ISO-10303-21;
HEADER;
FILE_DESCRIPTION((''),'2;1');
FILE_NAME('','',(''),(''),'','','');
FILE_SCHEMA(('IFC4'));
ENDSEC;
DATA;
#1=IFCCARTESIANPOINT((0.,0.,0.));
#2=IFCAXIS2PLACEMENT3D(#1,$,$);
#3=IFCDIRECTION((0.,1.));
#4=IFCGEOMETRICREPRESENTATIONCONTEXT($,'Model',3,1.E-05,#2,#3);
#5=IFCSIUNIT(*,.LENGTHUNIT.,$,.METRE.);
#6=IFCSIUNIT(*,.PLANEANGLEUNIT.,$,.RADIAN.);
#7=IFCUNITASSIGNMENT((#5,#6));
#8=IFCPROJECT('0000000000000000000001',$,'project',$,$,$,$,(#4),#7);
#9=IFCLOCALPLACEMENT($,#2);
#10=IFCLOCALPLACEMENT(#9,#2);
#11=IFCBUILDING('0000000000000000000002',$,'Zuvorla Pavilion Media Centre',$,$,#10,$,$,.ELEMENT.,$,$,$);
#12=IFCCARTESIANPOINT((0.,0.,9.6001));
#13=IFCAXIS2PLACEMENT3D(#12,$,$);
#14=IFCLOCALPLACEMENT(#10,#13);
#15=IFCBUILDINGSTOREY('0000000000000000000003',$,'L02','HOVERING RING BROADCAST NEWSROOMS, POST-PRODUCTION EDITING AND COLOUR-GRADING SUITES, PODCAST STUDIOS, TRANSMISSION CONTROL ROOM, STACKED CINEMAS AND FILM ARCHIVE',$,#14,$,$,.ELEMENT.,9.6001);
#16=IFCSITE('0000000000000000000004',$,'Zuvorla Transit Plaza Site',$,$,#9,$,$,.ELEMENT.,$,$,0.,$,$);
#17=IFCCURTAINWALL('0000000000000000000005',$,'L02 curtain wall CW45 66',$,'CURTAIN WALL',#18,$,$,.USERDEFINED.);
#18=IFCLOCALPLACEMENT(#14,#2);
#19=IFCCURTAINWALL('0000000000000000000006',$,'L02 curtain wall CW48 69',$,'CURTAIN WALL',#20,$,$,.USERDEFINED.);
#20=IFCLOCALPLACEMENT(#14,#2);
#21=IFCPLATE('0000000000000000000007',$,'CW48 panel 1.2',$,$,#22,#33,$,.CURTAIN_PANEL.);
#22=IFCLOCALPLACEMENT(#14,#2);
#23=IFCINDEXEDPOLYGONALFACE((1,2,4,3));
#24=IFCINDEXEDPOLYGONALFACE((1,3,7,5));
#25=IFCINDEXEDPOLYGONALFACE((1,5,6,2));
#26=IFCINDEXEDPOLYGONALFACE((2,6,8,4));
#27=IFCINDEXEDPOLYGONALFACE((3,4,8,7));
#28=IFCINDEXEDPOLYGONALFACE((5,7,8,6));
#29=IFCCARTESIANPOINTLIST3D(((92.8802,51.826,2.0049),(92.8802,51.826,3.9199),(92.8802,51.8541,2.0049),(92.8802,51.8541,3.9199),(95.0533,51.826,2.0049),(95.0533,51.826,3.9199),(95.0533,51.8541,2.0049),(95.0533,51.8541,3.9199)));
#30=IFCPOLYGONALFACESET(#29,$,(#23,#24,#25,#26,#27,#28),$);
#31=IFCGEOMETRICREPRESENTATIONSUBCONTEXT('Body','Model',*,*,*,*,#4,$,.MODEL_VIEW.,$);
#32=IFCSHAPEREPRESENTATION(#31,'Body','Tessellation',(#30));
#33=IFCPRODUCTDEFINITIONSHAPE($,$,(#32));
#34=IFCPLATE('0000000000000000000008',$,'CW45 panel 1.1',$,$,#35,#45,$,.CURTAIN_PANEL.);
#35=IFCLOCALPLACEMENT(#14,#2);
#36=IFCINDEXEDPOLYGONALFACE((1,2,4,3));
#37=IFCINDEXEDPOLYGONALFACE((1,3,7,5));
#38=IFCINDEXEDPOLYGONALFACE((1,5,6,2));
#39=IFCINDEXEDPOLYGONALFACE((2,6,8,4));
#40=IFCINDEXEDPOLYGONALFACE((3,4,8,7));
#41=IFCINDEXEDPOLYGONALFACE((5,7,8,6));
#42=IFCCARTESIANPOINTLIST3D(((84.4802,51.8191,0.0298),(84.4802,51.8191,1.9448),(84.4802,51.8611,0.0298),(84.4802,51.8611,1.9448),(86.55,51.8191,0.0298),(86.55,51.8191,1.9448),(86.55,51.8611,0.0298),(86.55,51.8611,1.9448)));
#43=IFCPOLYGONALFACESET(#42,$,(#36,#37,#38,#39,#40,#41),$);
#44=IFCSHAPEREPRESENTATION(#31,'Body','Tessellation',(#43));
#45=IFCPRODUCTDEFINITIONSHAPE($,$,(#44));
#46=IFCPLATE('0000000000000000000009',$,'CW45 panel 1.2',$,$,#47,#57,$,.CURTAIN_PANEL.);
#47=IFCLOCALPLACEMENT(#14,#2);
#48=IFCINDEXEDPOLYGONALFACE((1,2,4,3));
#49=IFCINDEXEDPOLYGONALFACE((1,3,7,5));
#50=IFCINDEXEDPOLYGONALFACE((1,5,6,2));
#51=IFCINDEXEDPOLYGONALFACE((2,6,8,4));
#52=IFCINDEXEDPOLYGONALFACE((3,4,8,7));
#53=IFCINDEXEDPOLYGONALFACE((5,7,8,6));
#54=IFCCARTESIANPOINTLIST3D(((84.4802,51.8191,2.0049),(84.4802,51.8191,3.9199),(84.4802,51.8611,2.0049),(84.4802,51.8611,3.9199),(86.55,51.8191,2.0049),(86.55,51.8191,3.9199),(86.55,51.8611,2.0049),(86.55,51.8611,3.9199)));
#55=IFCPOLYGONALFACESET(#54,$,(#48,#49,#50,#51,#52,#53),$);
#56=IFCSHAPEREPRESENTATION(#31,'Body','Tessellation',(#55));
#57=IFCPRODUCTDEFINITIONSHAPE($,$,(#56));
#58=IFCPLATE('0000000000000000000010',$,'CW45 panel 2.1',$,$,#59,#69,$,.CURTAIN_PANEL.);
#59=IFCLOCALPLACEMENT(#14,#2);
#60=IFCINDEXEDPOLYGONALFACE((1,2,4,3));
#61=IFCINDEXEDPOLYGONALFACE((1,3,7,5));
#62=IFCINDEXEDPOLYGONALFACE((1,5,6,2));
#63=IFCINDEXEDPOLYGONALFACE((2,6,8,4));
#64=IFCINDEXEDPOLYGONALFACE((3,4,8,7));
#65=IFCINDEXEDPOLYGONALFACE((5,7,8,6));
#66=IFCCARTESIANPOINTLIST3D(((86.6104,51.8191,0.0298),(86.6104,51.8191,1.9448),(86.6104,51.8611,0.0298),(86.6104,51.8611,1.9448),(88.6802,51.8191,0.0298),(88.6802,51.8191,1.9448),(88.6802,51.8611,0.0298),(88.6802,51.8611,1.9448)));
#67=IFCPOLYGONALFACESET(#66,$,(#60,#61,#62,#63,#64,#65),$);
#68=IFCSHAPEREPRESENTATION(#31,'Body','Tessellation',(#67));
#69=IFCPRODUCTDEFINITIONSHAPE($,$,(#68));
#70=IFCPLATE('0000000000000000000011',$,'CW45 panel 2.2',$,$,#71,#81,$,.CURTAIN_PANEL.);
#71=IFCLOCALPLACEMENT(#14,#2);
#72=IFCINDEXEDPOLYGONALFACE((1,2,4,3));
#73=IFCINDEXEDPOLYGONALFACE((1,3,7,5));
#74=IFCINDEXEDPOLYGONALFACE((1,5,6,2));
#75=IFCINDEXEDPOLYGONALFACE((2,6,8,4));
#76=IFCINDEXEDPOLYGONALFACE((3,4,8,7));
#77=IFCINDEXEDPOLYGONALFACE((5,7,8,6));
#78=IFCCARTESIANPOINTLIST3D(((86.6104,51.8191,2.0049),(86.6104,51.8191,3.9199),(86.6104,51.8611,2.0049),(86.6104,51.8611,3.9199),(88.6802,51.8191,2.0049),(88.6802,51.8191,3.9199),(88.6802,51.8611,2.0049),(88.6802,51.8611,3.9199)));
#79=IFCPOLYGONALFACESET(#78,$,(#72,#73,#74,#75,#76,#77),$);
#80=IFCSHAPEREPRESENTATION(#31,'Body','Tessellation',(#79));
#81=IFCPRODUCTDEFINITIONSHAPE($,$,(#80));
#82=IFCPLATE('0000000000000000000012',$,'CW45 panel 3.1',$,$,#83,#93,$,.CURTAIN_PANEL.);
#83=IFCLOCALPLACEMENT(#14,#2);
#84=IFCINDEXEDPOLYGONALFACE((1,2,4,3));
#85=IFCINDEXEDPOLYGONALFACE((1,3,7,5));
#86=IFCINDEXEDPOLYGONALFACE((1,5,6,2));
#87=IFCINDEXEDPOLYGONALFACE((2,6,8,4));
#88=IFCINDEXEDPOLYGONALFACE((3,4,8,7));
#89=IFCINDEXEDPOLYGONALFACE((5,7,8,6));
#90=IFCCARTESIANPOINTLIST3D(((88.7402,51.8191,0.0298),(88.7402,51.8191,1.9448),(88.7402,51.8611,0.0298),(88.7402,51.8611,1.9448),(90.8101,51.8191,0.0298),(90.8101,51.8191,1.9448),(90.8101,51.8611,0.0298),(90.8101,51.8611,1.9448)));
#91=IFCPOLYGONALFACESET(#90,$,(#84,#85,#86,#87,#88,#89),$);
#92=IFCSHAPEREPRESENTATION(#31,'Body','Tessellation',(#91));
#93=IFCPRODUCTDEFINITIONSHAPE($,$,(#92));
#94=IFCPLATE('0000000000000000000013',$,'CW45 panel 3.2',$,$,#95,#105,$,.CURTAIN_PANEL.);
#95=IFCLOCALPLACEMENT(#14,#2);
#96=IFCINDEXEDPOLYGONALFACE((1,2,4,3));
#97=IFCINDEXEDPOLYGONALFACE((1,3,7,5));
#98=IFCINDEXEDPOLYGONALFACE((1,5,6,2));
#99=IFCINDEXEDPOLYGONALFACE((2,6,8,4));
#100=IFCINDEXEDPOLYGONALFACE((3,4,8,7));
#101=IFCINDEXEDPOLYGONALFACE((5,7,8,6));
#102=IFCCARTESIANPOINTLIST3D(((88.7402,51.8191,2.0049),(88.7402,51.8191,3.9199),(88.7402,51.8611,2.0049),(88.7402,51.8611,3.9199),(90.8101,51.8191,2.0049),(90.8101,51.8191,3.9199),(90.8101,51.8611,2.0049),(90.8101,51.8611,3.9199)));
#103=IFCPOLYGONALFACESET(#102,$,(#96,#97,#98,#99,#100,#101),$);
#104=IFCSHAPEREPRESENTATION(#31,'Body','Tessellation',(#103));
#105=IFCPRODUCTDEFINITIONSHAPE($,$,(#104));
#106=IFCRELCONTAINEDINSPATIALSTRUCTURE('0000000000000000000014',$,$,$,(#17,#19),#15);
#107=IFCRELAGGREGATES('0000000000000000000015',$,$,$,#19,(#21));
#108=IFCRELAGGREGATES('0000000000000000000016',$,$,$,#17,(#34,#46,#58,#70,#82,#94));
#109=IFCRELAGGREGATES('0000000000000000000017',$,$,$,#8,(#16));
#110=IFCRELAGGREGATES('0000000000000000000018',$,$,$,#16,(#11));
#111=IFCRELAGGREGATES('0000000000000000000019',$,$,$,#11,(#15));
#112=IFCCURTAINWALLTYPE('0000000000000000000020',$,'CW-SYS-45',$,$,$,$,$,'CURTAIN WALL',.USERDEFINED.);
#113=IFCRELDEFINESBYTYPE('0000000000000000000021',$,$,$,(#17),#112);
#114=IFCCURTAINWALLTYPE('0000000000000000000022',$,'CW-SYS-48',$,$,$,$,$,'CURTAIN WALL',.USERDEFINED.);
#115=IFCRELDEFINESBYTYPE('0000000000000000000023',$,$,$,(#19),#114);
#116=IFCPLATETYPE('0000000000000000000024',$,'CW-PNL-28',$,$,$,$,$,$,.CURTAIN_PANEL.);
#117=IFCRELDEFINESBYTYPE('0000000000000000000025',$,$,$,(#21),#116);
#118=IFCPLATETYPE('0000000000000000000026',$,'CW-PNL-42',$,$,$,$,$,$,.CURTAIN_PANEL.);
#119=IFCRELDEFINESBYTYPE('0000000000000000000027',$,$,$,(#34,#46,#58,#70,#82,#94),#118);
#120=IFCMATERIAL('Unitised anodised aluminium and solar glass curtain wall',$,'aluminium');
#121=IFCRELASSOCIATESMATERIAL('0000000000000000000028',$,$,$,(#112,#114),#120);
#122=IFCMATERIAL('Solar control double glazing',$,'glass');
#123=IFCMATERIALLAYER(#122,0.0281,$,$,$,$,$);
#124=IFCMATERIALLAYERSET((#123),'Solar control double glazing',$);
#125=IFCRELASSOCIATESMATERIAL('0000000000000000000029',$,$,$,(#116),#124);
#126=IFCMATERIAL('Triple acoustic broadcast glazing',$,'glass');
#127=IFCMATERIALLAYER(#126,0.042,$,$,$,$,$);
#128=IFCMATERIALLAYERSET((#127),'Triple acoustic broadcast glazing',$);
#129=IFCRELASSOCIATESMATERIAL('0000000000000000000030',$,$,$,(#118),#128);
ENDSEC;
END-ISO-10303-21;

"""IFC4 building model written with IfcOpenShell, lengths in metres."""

from ifc_helpers import new_model, si_unit, direction, frame, origin, origin_2d, place, context, subcontext, project, spatial, rectangle, extrude, material, layer, layer_set, type_object, element, aggregate, save


model = new_model("IFC4")

# Units and contexts
model_context = context("Model", 3, precision=1e-05, world=origin(), true_north=direction((0.0, 1.0)))
body_context = subcontext(model_context, "Body", "Model", "MODEL_VIEW")
ifc_project = project(units=[si_unit("LENGTHUNIT", "METRE"), si_unit("PLANEANGLEUNIT", "RADIAN")], contexts=[model_context])

# Site, building, storey
site_placement = place(None, origin())
site = spatial("IfcSite", under=ifc_project, at=site_placement, Name="Zuvorla Transit Plaza Site", CompositionType="ELEMENT", RefElevation=0.0)
building_placement = place(site_placement, origin())
building = spatial("IfcBuilding", under=site, at=building_placement, Name="Zuvorla Pavilion Media Centre", CompositionType="ELEMENT")
storey_placement = place(building_placement, frame((0.0, 0.0, 9.6001)))
storey = spatial("IfcBuildingStorey", under=building, at=storey_placement, Name="L02", Description="HOVERING RING BROADCAST NEWSROOMS, POST-PRODUCTION EDITING AND COLOUR-GRADING SUITES, PODCAST STUDIOS, TRANSMISSION CONTROL ROOM, STACKED CINEMAS AND FILM ARCHIVE", CompositionType="ELEMENT", Elevation=9.6001)

# Curtain walls
ifc_material_1 = material(Name="Unitised anodised aluminium and solar glass curtain wall", Category="aluminium")
curtain_wall_type_1 = type_object("IfcCurtainWallType", Name="CW-SYS-45", ElementType="CURTAIN WALL", PredefinedType="USERDEFINED", material=ifc_material_1)
curtain_wall_1_placement = place(storey_placement, origin())
curtain_wall_1 = element("IfcCurtainWall", 1, at=curtain_wall_1_placement, inside=storey, type_object=curtain_wall_type_1, Name="L02 curtain wall CW45 66", ObjectType="CURTAIN WALL", PredefinedType="USERDEFINED")
curtain_wall_type_2 = type_object("IfcCurtainWallType", Name="CW-SYS-48", ElementType="CURTAIN WALL", PredefinedType="USERDEFINED", material=ifc_material_1)
curtain_wall_2_placement = place(storey_placement, origin())
curtain_wall_2 = element("IfcCurtainWall", 2, at=curtain_wall_2_placement, inside=storey, type_object=curtain_wall_type_2, Name="L02 curtain wall CW48 69", ObjectType="CURTAIN WALL", PredefinedType="USERDEFINED")

# Plates
ifc_material_2 = material(Name="Solar control double glazing", Category="glass")
ifc_layer_1 = layer(ifc_material_2, 0.0281)
ifc_layer_set_1 = layer_set([ifc_layer_1], Name="Solar control double glazing")
plate_type_1 = type_object("IfcPlateType", Name="CW-PNL-28", PredefinedType="CURTAIN_PANEL", material=ifc_layer_set_1)
plate_1_placement = place(storey_placement, frame((93.9668, 51.8401, 2.0049), z_axis=(0.0, 0.0, 1.0), x_axis=(1.0, 0.0, 0.0)))
plate_1 = element("IfcPlate", 3, at=plate_1_placement, type_object=plate_type_1, Name="CW48 panel 1.2", PredefinedType="CURTAIN_PANEL", context=body_context, shape_type="SweptSolid", body=[
    extrude(rectangle(XDim=2.1731, YDim=0.0281, at=origin_2d()), origin(), (0.0, 0.0, 1.0), 1.915),
])
aggregate(curtain_wall_2, [plate_1])
ifc_material_3 = material(Name="Triple acoustic broadcast glazing", Category="glass")
ifc_layer_2 = layer(ifc_material_3, 0.042)
ifc_layer_set_2 = layer_set([ifc_layer_2], Name="Triple acoustic broadcast glazing")
plate_type_2 = type_object("IfcPlateType", Name="CW-PNL-42", PredefinedType="CURTAIN_PANEL", material=ifc_layer_set_2)
plate_2_placement = place(storey_placement, frame((85.5151, 51.8401, 0.0298), z_axis=(0.0, 0.0, 1.0), x_axis=(1.0, 0.0, 0.0)))
plate_2 = element("IfcPlate", 4, at=plate_2_placement, type_object=plate_type_2, Name="CW45 panel 1.1", PredefinedType="CURTAIN_PANEL", context=body_context, shape_type="SweptSolid", body=[
    extrude(rectangle(XDim=2.0698, YDim=0.042, at=origin_2d()), origin(), (0.0, 0.0, 1.0), 1.915),
])
plate_3_placement = place(storey_placement, frame((85.5151, 51.8401, 2.0049), z_axis=(0.0, 0.0, 1.0), x_axis=(1.0, 0.0, 0.0)))
plate_3 = element("IfcPlate", 5, at=plate_3_placement, type_object=plate_type_2, Name="CW45 panel 1.2", PredefinedType="CURTAIN_PANEL", context=body_context, shape_type="SweptSolid", body=[
    extrude(rectangle(XDim=2.0698, YDim=0.042, at=origin_2d()), origin(), (0.0, 0.0, 1.0), 1.915),
])
plate_4_placement = place(storey_placement, frame((87.6453, 51.8401, 0.0298), z_axis=(0.0, 0.0, 1.0), x_axis=(1.0, 0.0, 0.0)))
plate_4 = element("IfcPlate", 6, at=plate_4_placement, type_object=plate_type_2, Name="CW45 panel 2.1", PredefinedType="CURTAIN_PANEL", context=body_context, shape_type="SweptSolid", body=[
    extrude(rectangle(XDim=2.0698, YDim=0.042, at=origin_2d()), origin(), (0.0, 0.0, 1.0), 1.915),
])
plate_5_placement = place(storey_placement, frame((87.6453, 51.8401, 2.0049), z_axis=(0.0, 0.0, 1.0), x_axis=(1.0, 0.0, 0.0)))
plate_5 = element("IfcPlate", 7, at=plate_5_placement, type_object=plate_type_2, Name="CW45 panel 2.2", PredefinedType="CURTAIN_PANEL", context=body_context, shape_type="SweptSolid", body=[
    extrude(rectangle(XDim=2.0698, YDim=0.042, at=origin_2d()), origin(), (0.0, 0.0, 1.0), 1.915),
])
plate_6_placement = place(storey_placement, frame((89.7751, 51.8401, 0.0298), z_axis=(0.0, 0.0, 1.0), x_axis=(1.0, 0.0, 0.0)))
plate_6 = element("IfcPlate", 8, at=plate_6_placement, type_object=plate_type_2, Name="CW45 panel 3.1", PredefinedType="CURTAIN_PANEL", context=body_context, shape_type="SweptSolid", body=[
    extrude(rectangle(XDim=2.0698, YDim=0.042, at=origin_2d()), origin(), (0.0, 0.0, 1.0), 1.915),
])
plate_7_placement = place(storey_placement, frame((89.7751, 51.8401, 2.0049), z_axis=(0.0, 0.0, 1.0), x_axis=(1.0, 0.0, 0.0)))
plate_7 = element("IfcPlate", 9, at=plate_7_placement, type_object=plate_type_2, Name="CW45 panel 3.2", PredefinedType="CURTAIN_PANEL", context=body_context, shape_type="SweptSolid", body=[
    extrude(rectangle(XDim=2.0698, YDim=0.042, at=origin_2d()), origin(), (0.0, 0.0, 1.0), 1.915),
])
aggregate(curtain_wall_1, [plate_2, plate_3, plate_4, plate_5, plate_6, plate_7])

save(model, "model.ifc")
